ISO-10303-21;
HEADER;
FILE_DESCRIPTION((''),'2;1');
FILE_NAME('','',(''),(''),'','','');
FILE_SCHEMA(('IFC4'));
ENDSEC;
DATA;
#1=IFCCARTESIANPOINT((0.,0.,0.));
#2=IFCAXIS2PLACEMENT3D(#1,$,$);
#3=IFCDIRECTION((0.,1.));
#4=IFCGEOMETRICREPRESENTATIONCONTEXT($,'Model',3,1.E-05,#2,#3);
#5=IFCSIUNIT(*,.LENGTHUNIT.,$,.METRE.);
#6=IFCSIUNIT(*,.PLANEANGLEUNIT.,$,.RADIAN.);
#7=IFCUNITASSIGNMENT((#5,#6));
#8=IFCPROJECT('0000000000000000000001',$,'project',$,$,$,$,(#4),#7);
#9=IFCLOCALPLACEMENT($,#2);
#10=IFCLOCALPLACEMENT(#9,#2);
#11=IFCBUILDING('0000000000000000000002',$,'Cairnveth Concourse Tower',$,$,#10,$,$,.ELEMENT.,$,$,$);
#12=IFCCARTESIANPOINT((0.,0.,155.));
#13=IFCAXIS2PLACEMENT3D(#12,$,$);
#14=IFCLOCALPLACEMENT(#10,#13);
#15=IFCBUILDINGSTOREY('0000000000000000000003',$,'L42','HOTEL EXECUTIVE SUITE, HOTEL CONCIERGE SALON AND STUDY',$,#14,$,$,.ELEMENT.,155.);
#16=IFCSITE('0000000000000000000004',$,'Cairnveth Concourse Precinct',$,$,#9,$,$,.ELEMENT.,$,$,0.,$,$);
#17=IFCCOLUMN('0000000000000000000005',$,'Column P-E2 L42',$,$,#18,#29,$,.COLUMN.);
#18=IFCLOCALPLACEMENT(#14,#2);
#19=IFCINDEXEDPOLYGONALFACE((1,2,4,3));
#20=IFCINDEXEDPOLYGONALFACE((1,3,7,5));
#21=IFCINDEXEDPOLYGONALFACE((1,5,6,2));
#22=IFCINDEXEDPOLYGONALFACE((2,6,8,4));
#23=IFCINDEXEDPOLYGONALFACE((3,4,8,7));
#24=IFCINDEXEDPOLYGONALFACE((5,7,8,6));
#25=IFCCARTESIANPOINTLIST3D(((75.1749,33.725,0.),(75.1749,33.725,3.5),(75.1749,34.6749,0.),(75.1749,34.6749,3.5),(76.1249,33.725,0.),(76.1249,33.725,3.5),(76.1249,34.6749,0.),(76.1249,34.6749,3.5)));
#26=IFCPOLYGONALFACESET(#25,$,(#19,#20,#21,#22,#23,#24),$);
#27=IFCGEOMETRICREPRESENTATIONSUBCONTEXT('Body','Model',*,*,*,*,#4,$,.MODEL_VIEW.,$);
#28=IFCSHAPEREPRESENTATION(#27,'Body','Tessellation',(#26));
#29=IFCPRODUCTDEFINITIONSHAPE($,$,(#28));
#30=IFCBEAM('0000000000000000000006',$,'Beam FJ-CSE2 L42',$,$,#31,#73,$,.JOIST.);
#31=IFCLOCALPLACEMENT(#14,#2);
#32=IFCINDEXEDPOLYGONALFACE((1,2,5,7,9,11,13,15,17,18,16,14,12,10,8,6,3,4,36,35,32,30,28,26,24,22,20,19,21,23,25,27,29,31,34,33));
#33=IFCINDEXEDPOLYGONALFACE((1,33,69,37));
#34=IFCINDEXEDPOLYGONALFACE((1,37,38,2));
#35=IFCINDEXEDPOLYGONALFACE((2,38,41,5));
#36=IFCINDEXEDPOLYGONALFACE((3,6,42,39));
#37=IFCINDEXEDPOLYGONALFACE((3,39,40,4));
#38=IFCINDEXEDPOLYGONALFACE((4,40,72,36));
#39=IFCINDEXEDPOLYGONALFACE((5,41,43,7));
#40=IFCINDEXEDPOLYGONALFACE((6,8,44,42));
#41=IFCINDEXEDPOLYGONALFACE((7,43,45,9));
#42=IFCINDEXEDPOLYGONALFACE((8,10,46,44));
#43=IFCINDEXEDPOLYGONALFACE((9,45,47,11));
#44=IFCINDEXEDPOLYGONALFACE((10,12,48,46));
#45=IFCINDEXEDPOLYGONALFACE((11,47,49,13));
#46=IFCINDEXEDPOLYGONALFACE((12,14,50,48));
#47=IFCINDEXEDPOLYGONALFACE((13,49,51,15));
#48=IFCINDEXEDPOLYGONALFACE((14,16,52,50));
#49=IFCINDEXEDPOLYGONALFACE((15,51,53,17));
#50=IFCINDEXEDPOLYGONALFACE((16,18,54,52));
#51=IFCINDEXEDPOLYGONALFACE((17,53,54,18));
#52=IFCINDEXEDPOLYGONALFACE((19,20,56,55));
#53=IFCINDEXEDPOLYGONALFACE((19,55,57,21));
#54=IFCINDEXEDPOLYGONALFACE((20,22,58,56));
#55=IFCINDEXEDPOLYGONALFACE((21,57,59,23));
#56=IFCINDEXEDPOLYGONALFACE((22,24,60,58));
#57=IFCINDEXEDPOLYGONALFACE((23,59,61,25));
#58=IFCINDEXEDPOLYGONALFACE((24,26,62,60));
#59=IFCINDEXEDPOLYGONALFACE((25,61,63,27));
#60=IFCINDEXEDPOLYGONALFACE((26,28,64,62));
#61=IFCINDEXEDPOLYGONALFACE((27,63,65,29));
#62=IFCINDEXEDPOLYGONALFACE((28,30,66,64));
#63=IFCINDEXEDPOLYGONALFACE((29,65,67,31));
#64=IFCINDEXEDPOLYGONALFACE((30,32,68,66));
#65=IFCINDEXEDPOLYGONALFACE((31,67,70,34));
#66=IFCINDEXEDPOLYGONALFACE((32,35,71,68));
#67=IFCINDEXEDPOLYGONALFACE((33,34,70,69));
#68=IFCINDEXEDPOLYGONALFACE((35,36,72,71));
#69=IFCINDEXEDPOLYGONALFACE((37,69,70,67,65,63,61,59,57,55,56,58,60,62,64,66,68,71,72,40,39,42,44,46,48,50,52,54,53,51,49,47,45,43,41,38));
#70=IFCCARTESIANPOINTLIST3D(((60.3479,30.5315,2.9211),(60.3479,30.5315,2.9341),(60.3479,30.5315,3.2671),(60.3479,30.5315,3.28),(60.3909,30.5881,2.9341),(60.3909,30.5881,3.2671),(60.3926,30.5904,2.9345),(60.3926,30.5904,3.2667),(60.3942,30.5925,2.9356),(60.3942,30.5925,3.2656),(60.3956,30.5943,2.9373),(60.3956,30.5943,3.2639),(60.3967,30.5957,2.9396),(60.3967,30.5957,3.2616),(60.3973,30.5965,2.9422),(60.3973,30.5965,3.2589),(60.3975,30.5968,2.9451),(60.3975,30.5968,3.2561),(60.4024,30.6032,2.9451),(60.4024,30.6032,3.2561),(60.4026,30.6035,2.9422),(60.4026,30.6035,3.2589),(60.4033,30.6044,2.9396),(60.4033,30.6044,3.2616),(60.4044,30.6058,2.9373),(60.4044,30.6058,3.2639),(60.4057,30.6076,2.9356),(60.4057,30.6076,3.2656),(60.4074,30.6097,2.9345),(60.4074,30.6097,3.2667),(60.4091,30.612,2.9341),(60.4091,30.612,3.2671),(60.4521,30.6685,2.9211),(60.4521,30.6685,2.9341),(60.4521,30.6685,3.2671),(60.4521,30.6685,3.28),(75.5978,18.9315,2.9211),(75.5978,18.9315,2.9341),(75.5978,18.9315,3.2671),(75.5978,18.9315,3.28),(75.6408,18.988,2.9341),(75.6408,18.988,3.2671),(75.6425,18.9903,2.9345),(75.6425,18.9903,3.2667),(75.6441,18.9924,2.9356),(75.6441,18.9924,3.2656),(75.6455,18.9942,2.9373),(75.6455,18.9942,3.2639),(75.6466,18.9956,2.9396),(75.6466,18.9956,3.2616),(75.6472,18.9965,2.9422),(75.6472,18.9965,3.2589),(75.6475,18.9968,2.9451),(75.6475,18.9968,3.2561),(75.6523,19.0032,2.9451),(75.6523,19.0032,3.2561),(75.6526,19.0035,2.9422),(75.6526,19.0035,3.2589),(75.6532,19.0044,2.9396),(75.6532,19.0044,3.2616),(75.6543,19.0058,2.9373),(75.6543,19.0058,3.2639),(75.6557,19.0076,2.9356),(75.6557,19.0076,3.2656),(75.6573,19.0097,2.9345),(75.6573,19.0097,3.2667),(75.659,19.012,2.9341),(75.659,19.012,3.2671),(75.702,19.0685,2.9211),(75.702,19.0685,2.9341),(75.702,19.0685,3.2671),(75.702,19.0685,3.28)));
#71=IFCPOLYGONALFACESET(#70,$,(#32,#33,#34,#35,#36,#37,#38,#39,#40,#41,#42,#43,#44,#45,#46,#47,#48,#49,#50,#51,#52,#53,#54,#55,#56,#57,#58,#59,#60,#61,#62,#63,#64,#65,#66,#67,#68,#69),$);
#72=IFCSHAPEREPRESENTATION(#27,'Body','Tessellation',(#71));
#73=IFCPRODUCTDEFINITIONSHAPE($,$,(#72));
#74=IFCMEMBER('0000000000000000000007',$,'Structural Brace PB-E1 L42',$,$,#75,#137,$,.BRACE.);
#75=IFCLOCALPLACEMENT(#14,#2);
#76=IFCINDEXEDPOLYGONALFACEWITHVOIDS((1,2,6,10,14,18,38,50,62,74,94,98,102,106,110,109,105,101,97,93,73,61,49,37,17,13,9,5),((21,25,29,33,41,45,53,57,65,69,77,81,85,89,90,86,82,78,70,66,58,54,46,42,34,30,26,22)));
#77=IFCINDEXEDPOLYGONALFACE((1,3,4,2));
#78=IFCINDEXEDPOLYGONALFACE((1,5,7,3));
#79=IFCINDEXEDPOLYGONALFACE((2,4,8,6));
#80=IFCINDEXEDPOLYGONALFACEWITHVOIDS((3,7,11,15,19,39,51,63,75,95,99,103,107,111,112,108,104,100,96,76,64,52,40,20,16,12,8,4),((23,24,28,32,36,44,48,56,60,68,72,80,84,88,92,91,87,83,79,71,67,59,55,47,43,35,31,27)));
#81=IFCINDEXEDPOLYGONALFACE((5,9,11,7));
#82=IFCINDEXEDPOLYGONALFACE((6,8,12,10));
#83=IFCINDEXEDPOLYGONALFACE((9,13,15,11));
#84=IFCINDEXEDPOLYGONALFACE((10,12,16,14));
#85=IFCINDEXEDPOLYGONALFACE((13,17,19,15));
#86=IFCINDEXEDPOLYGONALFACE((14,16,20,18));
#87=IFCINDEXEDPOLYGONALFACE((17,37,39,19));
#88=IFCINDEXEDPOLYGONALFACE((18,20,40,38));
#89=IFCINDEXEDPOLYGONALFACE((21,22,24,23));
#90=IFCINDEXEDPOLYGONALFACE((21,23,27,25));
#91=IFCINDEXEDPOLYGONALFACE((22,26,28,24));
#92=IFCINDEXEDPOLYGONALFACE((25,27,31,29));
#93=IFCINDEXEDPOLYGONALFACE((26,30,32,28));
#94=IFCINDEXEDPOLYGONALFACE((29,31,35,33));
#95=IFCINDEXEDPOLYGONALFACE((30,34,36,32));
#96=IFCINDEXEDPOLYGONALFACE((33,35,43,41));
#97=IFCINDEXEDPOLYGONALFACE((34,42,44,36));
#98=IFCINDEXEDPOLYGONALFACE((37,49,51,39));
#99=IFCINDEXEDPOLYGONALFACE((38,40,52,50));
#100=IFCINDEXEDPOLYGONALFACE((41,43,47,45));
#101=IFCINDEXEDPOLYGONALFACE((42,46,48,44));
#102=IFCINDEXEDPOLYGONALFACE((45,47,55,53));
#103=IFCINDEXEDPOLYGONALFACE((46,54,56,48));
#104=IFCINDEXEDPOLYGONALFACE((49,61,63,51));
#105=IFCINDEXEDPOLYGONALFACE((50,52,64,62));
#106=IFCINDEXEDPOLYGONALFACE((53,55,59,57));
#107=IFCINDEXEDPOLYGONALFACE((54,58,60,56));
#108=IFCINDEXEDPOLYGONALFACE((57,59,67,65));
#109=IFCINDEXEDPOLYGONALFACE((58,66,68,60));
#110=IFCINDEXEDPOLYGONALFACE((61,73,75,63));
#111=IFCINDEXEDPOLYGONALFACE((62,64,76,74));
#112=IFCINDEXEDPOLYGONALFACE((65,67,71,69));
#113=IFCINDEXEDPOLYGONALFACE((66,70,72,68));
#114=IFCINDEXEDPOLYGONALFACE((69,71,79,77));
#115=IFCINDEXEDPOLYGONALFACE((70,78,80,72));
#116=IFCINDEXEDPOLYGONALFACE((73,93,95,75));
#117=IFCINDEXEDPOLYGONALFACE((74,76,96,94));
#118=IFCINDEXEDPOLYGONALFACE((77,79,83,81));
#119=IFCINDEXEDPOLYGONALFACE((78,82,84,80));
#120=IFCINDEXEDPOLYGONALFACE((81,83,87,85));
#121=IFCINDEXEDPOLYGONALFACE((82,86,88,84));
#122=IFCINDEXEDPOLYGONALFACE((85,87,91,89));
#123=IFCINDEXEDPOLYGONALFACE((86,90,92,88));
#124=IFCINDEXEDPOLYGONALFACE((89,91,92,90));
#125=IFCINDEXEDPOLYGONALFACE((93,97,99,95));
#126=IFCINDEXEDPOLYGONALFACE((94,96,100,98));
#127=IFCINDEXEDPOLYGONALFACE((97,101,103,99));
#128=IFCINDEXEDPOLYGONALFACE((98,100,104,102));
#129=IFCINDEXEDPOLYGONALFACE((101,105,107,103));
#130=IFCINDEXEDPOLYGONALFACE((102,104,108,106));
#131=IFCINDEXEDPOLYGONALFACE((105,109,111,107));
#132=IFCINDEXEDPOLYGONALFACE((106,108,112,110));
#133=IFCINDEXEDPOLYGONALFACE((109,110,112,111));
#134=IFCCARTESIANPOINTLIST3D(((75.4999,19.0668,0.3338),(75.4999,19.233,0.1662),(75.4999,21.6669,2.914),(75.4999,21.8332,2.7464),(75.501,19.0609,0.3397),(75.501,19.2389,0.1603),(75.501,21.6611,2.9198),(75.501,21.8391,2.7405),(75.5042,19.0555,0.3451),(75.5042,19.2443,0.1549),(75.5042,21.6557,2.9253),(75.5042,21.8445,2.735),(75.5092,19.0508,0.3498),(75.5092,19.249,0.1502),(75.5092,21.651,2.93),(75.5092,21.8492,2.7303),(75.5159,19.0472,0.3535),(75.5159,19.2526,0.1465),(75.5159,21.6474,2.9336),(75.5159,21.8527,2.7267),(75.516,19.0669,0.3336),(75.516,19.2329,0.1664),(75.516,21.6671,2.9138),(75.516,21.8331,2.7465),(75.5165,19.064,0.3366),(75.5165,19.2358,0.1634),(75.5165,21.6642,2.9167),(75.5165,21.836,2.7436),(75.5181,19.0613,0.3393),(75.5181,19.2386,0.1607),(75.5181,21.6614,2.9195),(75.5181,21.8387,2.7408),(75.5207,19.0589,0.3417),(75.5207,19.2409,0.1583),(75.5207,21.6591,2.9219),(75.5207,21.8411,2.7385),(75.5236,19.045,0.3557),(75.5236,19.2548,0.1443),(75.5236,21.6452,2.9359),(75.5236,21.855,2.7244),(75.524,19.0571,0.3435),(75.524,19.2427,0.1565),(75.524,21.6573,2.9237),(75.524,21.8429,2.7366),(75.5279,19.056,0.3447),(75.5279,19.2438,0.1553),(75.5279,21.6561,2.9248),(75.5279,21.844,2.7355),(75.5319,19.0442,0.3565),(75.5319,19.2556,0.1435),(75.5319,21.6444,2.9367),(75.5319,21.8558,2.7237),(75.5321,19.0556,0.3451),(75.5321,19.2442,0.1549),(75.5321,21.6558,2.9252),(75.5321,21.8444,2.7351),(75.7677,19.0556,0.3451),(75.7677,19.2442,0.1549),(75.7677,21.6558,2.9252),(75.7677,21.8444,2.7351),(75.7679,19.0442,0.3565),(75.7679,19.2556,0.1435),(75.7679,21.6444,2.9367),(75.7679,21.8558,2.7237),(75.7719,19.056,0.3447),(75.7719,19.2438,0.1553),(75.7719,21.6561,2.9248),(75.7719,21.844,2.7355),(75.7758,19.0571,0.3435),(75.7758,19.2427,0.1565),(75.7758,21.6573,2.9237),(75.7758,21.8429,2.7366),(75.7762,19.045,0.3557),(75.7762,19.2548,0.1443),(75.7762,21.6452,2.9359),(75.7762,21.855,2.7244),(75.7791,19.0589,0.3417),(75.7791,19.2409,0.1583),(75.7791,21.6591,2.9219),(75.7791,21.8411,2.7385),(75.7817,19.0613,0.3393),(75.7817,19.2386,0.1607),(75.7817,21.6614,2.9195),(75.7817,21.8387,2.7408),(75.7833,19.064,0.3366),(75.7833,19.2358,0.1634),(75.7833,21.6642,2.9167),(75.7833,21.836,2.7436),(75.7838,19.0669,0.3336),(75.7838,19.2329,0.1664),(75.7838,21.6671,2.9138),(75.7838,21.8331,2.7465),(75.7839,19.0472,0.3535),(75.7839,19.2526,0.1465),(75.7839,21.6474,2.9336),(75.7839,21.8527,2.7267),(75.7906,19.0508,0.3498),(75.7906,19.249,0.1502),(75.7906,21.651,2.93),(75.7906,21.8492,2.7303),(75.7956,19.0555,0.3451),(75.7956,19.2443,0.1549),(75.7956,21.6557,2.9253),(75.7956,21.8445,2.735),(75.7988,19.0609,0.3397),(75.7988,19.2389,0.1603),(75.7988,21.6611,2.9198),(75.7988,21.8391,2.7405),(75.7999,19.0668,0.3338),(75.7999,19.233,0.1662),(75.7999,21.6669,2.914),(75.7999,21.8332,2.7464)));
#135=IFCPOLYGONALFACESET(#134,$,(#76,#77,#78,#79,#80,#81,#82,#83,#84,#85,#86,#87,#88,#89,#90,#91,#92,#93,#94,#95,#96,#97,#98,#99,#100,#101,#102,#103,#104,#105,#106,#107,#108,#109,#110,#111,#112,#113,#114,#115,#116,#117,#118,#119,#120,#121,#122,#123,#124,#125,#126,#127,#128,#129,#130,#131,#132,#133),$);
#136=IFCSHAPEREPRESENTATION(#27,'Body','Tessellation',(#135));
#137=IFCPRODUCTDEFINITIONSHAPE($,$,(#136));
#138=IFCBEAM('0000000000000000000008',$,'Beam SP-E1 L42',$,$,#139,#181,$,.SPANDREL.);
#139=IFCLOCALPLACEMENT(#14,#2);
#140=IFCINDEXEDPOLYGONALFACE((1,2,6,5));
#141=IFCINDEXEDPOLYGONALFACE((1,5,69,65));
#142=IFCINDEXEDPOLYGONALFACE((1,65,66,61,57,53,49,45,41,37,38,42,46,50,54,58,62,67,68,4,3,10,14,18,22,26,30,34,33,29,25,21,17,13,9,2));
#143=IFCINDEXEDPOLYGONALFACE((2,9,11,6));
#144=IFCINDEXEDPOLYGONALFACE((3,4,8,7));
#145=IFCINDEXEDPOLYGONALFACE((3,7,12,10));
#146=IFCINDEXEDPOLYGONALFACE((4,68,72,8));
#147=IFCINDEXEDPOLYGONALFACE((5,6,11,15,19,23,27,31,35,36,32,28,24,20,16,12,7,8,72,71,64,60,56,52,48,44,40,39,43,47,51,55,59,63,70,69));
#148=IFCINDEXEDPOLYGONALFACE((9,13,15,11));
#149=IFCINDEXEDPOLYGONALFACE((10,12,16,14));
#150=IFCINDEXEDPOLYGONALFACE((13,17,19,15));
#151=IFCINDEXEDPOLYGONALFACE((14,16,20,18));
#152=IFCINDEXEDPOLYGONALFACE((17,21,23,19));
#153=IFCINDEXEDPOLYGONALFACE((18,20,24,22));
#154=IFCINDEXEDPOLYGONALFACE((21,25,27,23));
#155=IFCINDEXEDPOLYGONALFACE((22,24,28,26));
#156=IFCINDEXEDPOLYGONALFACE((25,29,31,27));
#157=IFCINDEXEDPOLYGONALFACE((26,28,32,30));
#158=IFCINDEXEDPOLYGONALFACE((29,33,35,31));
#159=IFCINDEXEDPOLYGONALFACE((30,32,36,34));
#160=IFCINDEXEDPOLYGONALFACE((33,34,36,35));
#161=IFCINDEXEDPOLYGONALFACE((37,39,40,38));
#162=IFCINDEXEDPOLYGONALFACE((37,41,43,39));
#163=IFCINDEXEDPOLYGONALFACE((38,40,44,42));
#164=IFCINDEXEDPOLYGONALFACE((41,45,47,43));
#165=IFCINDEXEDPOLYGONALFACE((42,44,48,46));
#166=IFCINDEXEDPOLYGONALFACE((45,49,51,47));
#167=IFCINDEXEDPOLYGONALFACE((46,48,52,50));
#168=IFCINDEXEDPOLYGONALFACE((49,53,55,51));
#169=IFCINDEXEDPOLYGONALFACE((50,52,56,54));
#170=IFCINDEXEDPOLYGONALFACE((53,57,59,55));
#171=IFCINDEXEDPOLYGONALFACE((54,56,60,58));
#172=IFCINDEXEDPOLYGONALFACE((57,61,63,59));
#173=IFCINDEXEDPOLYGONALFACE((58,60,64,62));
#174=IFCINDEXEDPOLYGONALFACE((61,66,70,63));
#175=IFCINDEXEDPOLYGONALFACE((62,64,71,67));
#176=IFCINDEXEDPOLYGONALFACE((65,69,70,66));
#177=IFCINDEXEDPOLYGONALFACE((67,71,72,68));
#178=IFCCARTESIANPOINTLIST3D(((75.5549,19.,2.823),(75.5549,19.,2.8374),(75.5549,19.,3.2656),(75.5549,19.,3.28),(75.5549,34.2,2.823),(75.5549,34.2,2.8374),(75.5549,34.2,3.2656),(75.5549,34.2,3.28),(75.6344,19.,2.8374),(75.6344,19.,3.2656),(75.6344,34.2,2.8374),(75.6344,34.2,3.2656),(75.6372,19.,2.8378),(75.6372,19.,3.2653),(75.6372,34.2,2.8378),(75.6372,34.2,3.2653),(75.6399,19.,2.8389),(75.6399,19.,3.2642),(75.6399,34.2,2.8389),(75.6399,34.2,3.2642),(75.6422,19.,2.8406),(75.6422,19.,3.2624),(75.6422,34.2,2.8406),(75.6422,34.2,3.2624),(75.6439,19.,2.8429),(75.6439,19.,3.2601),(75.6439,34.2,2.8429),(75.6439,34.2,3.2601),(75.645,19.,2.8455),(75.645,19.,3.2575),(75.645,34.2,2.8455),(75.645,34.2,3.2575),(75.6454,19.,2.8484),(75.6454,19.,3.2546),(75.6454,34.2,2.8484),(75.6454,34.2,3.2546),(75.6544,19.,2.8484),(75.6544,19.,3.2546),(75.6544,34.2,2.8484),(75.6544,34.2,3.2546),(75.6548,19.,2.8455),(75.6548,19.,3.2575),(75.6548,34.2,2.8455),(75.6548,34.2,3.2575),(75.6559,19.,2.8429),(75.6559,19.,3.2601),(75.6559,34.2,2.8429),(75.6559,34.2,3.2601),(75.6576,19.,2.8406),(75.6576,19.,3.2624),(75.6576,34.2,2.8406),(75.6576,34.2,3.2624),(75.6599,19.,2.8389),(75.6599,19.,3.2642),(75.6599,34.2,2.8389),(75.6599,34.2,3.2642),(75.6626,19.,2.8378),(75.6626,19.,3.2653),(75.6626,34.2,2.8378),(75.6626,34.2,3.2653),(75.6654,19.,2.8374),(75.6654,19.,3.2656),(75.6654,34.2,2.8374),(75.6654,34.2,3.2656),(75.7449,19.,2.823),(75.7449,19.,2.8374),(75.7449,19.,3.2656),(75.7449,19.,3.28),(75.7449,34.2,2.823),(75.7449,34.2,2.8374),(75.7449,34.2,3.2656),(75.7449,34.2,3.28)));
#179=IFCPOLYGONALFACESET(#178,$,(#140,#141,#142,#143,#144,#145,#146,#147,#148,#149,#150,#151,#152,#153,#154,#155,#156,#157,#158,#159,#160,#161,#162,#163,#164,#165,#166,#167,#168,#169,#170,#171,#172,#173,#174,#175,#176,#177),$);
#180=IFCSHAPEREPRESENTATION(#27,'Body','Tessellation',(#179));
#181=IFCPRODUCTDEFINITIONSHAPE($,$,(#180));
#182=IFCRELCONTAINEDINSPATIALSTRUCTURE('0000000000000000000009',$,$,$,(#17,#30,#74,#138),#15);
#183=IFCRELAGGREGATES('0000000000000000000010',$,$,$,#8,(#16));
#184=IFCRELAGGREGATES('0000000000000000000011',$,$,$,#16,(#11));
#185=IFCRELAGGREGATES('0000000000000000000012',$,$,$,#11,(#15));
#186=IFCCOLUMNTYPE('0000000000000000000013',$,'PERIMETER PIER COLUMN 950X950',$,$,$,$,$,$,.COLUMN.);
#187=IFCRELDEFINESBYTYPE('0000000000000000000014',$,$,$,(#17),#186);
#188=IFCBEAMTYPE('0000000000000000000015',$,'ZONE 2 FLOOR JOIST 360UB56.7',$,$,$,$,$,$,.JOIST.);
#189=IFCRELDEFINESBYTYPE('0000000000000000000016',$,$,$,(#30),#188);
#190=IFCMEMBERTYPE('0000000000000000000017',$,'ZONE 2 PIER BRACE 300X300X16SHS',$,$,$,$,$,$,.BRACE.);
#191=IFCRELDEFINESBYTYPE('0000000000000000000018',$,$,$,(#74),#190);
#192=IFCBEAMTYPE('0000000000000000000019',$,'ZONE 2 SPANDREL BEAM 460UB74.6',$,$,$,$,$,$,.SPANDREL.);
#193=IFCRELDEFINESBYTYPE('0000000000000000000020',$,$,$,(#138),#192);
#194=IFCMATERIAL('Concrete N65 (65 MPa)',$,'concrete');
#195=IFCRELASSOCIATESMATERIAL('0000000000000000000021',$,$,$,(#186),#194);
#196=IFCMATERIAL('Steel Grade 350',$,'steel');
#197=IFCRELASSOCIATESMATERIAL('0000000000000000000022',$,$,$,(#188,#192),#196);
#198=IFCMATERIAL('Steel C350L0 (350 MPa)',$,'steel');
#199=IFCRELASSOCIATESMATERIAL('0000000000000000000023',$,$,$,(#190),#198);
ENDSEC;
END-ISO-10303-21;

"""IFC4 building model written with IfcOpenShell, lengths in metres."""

from ifc_helpers import new_model, si_unit, direction, frame, origin, origin_2d, place, context, subcontext, project, spatial, rectangle, hollow_rectangle, i_section, extrude, material, material_profile, profile_set, type_object, element, save


model = new_model("IFC4")

# Units and contexts
model_context = context("Model", 3, precision=1e-05, world=origin(), true_north=direction((0.0, 1.0)))
body_context = subcontext(model_context, "Body", "Model", "MODEL_VIEW")
ifc_project = project(units=[si_unit("LENGTHUNIT", "METRE"), si_unit("PLANEANGLEUNIT", "RADIAN")], contexts=[model_context])

# Site, building, storey
site_placement = place(None, origin())
site = spatial("IfcSite", under=ifc_project, at=site_placement, Name="Cairnveth Concourse Precinct", CompositionType="ELEMENT", RefElevation=0.0)
building_placement = place(site_placement, origin())
building = spatial("IfcBuilding", under=site, at=building_placement, Name="Cairnveth Concourse Tower", CompositionType="ELEMENT")
storey_placement = place(building_placement, frame((0.0, 0.0, 155.0)))
storey = spatial("IfcBuildingStorey", under=building, at=storey_placement, Name="L42", Description="HOTEL EXECUTIVE SUITE, HOTEL CONCIERGE SALON AND STUDY", CompositionType="ELEMENT", Elevation=155.0)

# Column
ifc_material_1 = material(Name="Concrete N65 (65 MPa)", Category="concrete")
ifc_material_profile_1 = material_profile(ifc_material_1, rectangle(XDim=0.95, YDim=0.95, at=origin_2d()), Name="RC-COL-950x950")
ifc_profile_set_1 = profile_set([ifc_material_profile_1], Name="Concrete N65 (65 MPa)")
column_type = type_object("IfcColumnType", Name="PERIMETER PIER COLUMN 950X950", PredefinedType="COLUMN", material=ifc_profile_set_1)
column_placement = place(storey_placement, frame((75.6499, 34.2, 0.0), z_axis=(0.0, 0.0, 1.0), x_axis=(0.0, 1.0, 0.0)))
element("IfcColumn", 1, at=column_placement, inside=storey, type_object=column_type, Name="Column P-E2 L42", PredefinedType="COLUMN", context=body_context, shape_type="SweptSolid", body=[
    extrude(rectangle(XDim=0.95, YDim=0.95, at=origin_2d()), origin(), (0.0, 0.0, 1.0), 3.5),
])

# Beam
ifc_material_2 = material(Name="Steel Grade 350", Category="steel")
ifc_material_profile_2 = material_profile(ifc_material_2, i_section(OverallWidth=0.1721, OverallDepth=0.3589, WebThickness=0.0081, FlangeThickness=0.0129, FilletRadius=0.011, at=origin_2d()), Name="360UB56.7")
ifc_profile_set_2 = profile_set([ifc_material_profile_2], Name="Steel Grade 350")
beam_type_1 = type_object("IfcBeamType", Name="ZONE 2 FLOOR JOIST 360UB56.7", PredefinedType="JOIST", material=ifc_profile_set_2)
beam_1_placement = place(storey_placement, frame((75.6499, 19.0, 3.1006), z_axis=(-0.795908, 0.605417, 0.0), x_axis=(-0.605417, -0.795908, 0.0)))
element("IfcBeam", 2, at=beam_1_placement, inside=storey, type_object=beam_type_1, Name="Beam FJ-CSE2 L42", PredefinedType="JOIST", context=body_context, shape_type="SweptSolid", body=[
    extrude(i_section(OverallWidth=0.1721, OverallDepth=0.3589, WebThickness=0.0081, FlangeThickness=0.0129, FilletRadius=0.011, at=origin_2d()), origin(), (0.0, 0.0, 1.0), 19.1604),
])

# Member
ifc_material_3 = material(Name="Steel C350L0 (350 MPa)", Category="steel")
ifc_material_profile_3 = material_profile(ifc_material_3, hollow_rectangle(XDim=0.3, YDim=0.3, WallThickness=0.0161, InnerFilletRadius=0.0161, OuterFilletRadius=0.032, at=origin_2d()), Name="300x300x16.0SHS")
ifc_profile_set_3 = profile_set([ifc_material_profile_3], Name="Steel C350L0 (350 MPa)")
member_type = type_object("IfcMemberType", Name="ZONE 2 PIER BRACE 300X300X16SHS", PredefinedType="BRACE", material=ifc_profile_set_3)
member_placement = place(storey_placement, frame((75.6499, 19.1499, 0.25), z_axis=(0.0, 0.709834, 0.704369), x_axis=(-1.0, 0.0, 0.0)))
element("IfcMember", 3, at=member_placement, inside=storey, type_object=member_type, Name="Structural Brace PB-E1 L42", PredefinedType="BRACE", context=body_context, shape_type="SweptSolid", body=[
    extrude(hollow_rectangle(XDim=0.3, YDim=0.3, WallThickness=0.0161, InnerFilletRadius=0.0161, OuterFilletRadius=0.032, at=origin_2d()), origin(), (0.0, 0.0, 1.0), 3.6631),
])

# Beam
ifc_material_profile_4 = material_profile(ifc_material_2, i_section(OverallWidth=0.1899, OverallDepth=0.457, WebThickness=0.009, FlangeThickness=0.0144, FilletRadius=0.011, at=origin_2d()), Name="460UB74.6")
ifc_profile_set_4 = profile_set([ifc_material_profile_4], Name="Steel Grade 350")
beam_type_2 = type_object("IfcBeamType", Name="ZONE 2 SPANDREL BEAM 460UB74.6", PredefinedType="SPANDREL", material=ifc_profile_set_4)
beam_2_placement = place(storey_placement, frame((75.6499, 19.0, 3.0515), z_axis=(0.0, 1.0, 0.0), x_axis=(-1.0, 0.0, 0.0)))
element("IfcBeam", 4, at=beam_2_placement, inside=storey, type_object=beam_type_2, Name="Beam SP-E1 L42", PredefinedType="SPANDREL", context=body_context, shape_type="SweptSolid", body=[
    extrude(i_section(OverallWidth=0.1899, OverallDepth=0.457, WebThickness=0.009, FlangeThickness=0.0144, FilletRadius=0.011, at=origin_2d()), origin(), (0.0, 0.0, 1.0), 15.2),
])

save(model, "model.ifc")
